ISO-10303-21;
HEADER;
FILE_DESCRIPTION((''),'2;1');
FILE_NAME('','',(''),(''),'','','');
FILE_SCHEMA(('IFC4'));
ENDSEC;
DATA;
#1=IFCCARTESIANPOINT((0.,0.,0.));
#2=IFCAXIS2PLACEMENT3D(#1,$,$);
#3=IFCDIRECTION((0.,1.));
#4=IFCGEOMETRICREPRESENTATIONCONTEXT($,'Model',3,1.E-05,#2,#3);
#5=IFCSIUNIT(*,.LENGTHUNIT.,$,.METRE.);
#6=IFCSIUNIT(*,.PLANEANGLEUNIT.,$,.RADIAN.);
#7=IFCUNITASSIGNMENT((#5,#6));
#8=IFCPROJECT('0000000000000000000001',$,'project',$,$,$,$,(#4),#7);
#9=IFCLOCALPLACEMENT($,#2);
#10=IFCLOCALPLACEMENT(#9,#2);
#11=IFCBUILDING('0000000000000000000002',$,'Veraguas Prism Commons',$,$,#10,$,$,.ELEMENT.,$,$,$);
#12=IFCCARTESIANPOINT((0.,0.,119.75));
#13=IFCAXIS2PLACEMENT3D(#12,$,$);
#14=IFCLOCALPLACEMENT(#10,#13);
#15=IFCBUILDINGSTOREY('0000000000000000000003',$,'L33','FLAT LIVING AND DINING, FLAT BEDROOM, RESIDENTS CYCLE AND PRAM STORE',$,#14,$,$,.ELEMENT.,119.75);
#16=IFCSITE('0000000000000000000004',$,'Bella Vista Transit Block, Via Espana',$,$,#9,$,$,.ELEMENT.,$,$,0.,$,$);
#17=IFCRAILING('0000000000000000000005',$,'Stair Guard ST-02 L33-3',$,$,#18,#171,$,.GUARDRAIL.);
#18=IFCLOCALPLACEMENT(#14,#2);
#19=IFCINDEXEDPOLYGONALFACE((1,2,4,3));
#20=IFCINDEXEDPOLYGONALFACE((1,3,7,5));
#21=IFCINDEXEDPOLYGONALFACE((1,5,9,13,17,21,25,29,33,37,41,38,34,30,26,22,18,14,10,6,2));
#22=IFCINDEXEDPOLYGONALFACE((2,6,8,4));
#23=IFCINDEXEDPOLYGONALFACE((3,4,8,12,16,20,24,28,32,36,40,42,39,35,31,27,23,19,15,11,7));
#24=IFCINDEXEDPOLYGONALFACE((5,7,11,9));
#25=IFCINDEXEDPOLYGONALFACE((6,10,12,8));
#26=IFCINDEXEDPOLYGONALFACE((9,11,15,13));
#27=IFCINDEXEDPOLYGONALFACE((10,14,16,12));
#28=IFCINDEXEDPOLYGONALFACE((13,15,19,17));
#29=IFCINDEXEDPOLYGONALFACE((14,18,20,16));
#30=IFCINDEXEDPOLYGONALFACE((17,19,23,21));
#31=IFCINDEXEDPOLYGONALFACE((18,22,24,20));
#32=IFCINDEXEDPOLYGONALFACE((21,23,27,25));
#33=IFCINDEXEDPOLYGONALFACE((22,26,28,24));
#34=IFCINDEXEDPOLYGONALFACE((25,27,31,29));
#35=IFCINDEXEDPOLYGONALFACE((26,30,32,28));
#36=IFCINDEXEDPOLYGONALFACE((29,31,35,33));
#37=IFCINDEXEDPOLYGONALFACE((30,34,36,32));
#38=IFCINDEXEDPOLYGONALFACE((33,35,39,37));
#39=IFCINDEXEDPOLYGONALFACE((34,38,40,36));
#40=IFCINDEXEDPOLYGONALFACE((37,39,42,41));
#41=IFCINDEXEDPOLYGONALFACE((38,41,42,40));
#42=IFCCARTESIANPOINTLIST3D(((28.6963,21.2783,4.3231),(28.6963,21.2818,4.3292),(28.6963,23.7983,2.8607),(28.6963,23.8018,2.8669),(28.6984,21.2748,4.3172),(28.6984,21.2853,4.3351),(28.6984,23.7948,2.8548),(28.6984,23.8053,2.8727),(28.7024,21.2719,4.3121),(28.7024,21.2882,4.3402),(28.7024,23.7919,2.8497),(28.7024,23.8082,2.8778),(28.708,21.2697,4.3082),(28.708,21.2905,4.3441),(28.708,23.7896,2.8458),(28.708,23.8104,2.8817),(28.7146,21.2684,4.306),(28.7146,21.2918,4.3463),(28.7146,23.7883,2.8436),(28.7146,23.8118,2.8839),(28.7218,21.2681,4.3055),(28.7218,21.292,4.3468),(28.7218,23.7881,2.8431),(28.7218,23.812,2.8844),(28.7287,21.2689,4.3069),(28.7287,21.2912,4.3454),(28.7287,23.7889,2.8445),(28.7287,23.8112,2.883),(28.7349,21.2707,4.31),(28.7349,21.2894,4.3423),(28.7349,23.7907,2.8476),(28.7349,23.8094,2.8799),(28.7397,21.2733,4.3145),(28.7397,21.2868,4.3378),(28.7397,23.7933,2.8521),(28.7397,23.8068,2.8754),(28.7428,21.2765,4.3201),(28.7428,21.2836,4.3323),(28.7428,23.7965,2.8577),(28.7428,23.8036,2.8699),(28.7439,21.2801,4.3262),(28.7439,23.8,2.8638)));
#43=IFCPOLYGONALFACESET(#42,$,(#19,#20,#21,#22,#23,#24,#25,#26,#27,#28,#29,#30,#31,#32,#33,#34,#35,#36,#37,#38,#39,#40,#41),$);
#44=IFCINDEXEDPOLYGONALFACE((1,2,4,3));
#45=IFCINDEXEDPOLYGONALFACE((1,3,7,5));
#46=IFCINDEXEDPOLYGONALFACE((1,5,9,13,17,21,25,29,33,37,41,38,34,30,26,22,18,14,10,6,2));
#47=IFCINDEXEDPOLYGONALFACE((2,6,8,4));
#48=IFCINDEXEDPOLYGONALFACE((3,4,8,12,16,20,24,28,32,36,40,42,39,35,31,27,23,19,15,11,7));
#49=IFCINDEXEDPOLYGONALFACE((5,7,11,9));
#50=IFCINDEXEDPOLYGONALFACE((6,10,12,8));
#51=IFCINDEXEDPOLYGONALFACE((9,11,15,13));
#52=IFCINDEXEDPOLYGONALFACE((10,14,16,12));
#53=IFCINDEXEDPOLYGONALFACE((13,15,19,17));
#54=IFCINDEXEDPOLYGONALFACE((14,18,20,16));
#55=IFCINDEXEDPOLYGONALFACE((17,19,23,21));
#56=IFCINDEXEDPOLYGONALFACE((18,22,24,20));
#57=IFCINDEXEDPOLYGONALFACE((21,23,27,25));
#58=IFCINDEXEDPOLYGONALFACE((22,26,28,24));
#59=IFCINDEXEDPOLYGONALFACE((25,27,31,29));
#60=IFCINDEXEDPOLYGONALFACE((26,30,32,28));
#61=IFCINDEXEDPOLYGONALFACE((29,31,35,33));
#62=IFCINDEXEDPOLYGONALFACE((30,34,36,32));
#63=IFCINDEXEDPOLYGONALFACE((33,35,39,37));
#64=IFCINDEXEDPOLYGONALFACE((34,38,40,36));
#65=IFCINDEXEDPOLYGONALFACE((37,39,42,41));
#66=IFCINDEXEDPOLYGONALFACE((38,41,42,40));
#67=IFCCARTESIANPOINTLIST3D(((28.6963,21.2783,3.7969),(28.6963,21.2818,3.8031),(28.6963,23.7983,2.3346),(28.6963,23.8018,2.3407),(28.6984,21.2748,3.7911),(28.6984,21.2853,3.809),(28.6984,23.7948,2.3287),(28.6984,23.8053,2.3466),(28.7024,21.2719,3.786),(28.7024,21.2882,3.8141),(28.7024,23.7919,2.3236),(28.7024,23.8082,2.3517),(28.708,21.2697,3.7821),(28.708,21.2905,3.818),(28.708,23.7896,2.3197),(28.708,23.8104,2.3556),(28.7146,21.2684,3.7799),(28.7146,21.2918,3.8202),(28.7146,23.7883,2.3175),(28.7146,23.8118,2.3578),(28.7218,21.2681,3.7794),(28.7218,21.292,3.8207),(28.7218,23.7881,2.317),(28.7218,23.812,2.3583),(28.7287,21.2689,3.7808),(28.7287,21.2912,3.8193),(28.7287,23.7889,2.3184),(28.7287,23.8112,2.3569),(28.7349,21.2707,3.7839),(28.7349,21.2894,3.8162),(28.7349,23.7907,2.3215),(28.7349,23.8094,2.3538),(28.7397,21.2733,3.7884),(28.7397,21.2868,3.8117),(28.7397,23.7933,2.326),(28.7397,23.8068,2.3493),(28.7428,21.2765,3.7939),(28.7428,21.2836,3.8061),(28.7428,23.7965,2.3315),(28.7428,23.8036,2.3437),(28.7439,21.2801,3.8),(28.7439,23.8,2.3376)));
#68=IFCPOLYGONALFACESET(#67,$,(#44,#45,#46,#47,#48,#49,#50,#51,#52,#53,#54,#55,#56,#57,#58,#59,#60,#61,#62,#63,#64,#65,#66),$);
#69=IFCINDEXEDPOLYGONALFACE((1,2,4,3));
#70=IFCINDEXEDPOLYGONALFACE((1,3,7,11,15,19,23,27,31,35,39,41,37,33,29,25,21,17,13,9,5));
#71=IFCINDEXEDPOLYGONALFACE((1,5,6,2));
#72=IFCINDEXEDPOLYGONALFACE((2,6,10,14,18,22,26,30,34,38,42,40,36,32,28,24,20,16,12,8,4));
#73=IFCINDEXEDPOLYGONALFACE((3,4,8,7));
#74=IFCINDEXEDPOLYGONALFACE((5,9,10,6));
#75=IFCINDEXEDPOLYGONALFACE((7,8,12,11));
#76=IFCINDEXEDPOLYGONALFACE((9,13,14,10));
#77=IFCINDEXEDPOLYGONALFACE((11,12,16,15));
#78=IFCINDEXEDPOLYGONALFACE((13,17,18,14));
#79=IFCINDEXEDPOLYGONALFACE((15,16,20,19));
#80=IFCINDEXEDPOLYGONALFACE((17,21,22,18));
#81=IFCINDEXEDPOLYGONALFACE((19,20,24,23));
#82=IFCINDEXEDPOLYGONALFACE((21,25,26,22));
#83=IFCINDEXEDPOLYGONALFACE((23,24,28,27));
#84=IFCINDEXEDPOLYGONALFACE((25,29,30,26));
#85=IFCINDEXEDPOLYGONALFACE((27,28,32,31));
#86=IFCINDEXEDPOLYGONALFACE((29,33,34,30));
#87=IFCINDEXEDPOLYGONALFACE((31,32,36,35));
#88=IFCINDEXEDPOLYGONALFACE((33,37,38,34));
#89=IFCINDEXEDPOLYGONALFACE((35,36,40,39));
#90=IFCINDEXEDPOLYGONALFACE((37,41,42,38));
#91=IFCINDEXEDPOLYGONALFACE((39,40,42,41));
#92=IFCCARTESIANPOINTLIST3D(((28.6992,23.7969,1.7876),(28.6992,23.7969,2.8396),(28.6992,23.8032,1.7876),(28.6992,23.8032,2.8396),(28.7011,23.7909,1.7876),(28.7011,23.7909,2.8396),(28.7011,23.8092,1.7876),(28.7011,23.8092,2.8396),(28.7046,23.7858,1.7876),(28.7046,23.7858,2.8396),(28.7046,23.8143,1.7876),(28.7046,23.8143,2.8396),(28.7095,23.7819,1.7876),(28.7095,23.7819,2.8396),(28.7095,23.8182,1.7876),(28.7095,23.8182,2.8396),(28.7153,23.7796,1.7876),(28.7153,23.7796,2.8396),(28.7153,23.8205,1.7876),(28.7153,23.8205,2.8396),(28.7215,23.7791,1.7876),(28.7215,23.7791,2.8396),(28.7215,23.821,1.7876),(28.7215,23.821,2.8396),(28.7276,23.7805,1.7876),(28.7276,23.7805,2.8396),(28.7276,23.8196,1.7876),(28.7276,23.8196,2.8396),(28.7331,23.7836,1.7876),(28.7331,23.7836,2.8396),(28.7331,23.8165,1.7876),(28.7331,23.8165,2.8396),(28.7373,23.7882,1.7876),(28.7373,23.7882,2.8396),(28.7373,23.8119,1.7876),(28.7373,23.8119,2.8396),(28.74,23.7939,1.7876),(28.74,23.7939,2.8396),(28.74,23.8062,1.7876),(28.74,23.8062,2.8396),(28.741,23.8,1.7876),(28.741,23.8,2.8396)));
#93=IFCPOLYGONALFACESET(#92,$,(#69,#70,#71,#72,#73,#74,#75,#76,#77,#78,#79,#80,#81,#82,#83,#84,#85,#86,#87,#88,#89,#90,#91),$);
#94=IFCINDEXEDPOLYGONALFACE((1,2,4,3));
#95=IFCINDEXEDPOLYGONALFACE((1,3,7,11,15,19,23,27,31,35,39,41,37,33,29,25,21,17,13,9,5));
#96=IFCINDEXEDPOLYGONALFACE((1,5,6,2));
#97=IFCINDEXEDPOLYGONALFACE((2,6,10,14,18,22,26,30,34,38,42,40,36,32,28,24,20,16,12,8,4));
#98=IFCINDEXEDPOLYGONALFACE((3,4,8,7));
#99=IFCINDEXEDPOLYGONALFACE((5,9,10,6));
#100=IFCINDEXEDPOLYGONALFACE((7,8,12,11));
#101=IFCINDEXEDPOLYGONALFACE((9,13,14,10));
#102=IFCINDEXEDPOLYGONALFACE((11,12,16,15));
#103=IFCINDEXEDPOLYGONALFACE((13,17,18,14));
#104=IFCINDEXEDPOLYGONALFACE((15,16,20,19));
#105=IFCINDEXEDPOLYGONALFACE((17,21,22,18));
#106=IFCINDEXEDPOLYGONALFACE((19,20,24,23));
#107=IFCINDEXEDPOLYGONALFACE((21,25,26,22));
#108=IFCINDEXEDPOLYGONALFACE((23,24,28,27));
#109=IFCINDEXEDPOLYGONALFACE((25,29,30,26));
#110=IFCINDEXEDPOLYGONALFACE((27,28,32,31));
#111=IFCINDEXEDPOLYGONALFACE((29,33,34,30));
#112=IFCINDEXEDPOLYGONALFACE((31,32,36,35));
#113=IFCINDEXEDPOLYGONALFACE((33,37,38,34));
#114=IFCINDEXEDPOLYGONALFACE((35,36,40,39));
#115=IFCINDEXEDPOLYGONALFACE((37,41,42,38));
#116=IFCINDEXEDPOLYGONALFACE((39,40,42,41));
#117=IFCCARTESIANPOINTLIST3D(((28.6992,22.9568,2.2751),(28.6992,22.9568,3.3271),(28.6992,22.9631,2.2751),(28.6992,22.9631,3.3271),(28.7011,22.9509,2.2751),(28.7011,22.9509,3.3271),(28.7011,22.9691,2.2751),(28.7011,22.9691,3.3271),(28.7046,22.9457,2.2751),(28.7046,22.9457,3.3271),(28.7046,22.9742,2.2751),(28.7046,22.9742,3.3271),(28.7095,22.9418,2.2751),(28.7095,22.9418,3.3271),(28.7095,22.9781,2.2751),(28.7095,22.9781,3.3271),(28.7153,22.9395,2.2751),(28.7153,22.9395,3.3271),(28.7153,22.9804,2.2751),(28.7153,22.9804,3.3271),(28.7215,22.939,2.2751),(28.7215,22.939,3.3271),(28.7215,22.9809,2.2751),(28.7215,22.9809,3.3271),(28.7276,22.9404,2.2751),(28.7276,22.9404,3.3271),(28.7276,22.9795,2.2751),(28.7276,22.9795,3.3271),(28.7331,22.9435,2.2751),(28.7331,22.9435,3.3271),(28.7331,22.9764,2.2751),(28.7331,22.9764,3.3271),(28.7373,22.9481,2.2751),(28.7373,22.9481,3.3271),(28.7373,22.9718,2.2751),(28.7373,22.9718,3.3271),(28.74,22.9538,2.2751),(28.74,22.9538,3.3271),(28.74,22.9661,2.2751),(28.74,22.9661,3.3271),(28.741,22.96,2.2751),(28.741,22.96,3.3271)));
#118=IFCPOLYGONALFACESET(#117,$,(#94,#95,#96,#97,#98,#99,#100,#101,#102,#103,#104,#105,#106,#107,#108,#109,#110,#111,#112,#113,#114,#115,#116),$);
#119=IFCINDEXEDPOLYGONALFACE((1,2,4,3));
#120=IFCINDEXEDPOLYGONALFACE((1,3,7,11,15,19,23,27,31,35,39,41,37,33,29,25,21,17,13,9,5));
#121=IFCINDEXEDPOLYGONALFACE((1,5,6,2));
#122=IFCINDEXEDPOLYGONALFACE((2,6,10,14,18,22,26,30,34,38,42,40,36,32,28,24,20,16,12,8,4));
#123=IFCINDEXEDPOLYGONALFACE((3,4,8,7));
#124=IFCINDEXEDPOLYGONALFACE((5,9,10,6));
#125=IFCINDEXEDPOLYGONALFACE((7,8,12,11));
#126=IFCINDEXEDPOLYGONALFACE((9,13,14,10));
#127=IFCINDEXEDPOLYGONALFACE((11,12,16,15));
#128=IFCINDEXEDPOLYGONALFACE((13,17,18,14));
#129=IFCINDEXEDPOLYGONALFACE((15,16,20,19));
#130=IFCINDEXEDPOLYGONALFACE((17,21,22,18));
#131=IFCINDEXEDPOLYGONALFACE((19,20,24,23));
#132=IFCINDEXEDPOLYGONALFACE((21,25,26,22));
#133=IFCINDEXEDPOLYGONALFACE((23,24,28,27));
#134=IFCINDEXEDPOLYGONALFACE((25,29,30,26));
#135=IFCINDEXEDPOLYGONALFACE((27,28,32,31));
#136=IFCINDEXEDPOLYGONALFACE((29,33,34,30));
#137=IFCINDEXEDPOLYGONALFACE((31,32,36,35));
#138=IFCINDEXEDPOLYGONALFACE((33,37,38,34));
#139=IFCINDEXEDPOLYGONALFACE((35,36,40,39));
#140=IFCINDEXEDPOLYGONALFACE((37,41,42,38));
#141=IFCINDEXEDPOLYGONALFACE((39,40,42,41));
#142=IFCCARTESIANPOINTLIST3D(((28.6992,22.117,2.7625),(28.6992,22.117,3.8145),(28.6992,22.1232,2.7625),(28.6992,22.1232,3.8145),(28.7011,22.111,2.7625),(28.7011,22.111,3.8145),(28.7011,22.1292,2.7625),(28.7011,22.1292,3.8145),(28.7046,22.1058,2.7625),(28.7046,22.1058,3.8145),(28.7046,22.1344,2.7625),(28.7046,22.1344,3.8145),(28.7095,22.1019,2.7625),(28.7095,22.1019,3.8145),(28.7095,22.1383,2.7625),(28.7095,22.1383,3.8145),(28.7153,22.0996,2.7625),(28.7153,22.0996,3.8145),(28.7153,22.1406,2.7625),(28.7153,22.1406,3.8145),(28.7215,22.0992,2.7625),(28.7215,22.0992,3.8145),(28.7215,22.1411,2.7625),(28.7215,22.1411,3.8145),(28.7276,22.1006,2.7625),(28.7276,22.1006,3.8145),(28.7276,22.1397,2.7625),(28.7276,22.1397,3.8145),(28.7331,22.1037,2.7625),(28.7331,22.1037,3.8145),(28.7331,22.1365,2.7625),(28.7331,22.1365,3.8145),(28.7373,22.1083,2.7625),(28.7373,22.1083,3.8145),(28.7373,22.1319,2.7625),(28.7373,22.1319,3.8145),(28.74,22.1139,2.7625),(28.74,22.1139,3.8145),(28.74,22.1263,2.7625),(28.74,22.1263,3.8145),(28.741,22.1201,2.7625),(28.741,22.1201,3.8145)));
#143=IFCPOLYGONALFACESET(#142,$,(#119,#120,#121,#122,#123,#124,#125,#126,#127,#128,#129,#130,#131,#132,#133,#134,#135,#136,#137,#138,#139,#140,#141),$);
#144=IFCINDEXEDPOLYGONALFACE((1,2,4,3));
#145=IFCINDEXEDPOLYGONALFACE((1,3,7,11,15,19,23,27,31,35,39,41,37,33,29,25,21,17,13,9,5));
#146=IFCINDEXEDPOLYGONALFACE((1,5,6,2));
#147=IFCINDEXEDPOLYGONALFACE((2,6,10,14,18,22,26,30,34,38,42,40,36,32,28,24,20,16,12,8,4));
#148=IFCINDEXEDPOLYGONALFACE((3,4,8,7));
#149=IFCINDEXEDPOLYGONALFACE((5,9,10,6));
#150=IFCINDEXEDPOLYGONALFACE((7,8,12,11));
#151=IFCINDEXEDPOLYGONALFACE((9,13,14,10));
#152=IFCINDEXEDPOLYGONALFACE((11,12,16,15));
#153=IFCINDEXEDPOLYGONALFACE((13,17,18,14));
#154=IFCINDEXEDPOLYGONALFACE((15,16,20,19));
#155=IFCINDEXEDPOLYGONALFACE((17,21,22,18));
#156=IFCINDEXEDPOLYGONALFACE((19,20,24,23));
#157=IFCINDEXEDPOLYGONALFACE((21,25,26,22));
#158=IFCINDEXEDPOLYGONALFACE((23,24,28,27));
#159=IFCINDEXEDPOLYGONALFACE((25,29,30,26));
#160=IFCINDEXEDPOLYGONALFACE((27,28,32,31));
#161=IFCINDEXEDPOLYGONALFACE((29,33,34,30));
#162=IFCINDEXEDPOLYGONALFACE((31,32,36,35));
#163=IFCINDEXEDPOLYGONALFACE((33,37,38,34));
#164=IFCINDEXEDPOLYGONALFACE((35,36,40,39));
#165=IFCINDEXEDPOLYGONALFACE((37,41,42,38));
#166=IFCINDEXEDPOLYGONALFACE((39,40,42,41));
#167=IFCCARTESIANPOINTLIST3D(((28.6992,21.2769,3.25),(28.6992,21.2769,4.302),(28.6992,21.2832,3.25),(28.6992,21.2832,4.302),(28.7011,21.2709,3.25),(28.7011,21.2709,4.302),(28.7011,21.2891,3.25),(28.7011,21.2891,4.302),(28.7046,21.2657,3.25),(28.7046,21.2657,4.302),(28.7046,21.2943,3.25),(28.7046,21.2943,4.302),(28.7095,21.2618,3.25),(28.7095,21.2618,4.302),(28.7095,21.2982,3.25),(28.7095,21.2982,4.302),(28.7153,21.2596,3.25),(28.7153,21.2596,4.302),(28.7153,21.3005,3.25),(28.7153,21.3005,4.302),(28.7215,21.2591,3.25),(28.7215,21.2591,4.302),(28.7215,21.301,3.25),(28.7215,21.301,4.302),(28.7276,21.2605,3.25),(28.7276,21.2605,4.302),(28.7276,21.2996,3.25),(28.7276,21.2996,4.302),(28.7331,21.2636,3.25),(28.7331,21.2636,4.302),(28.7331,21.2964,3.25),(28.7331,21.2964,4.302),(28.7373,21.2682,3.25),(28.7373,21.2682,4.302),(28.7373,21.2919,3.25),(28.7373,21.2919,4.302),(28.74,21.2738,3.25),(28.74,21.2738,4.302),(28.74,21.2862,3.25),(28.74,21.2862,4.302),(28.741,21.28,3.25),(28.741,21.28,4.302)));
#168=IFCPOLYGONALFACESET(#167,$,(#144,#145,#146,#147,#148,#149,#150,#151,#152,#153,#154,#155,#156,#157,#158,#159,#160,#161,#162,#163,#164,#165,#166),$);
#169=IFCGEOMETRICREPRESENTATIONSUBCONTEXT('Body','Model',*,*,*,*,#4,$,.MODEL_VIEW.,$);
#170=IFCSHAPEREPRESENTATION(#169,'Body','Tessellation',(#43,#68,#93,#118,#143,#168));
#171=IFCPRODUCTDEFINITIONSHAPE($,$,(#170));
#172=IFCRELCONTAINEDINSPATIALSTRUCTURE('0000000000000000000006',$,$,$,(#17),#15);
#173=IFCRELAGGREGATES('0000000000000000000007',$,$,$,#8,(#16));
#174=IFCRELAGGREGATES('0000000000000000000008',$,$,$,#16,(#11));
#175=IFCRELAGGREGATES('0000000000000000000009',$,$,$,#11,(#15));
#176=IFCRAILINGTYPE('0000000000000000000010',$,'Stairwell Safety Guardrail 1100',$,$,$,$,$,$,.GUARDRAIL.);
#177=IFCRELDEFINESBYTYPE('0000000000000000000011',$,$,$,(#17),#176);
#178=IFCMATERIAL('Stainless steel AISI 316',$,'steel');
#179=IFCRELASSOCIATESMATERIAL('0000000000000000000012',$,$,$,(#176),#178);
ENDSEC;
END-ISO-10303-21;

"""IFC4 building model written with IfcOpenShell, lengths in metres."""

from ifc_helpers import new_model, si_unit, direction, frame, origin, origin_2d, place, context, subcontext, project, spatial, circle, extrude, material, type_object, element, save


model = new_model("IFC4")

# Units and contexts
model_context = context("Model", 3, precision=1e-05, world=origin(), true_north=direction((0.0, 1.0)))
body_context = subcontext(model_context, "Body", "Model", "MODEL_VIEW")
ifc_project = project(units=[si_unit("LENGTHUNIT", "METRE"), si_unit("PLANEANGLEUNIT", "RADIAN")], contexts=[model_context])

# Site, building, storey
site_placement = place(None, origin())
site = spatial("IfcSite", under=ifc_project, at=site_placement, Name="Bella Vista Transit Block, Via Espana", CompositionType="ELEMENT", RefElevation=0.0)
building_placement = place(site_placement, origin())
building = spatial("IfcBuilding", under=site, at=building_placement, Name="Veraguas Prism Commons", CompositionType="ELEMENT")
storey_placement = place(building_placement, frame((0.0, 0.0, 119.75)))
storey = spatial("IfcBuildingStorey", under=building, at=storey_placement, Name="L33", Description="FLAT LIVING AND DINING, FLAT BEDROOM, RESIDENTS CYCLE AND PRAM STORE", CompositionType="ELEMENT", Elevation=119.75)

# Shared definitions
ifc_material_1 = material(Name="Stainless steel AISI 316", Category="steel")

# Railing
railing_type_1 = type_object("IfcRailingType", Name="Stairwell Safety Guardrail 1100", PredefinedType="GUARDRAIL", material=ifc_material_1)
railing_1_placement = place(storey_placement, frame((28.72, 23.8, 1.7876)))
element("IfcRailing", 1, at=railing_1_placement, inside=storey, type_object=railing_type_1, Name="Stair Guard ST-02 L33-3", PredefinedType="GUARDRAIL", context=body_context, shape_type="SweptSolid", body=[
    extrude(circle(Radius=0.0239, at=origin_2d()), frame((0.0, 0.0, 1.0762), z_axis=(0.0, -0.864913, 0.501921), x_axis=(1.0, 0.0, 0.0)), (0.0, 0.0, 1.0), 2.9136),
    extrude(circle(Radius=0.0239, at=origin_2d()), frame((0.0, 0.0, 0.55), z_axis=(0.0, -0.864913, 0.501921), x_axis=(1.0, 0.0, 0.0)), (0.0, 0.0, 1.0), 2.9136),
    extrude(circle(Radius=0.021, at=origin_2d()), origin(), (0.0, 0.0, 1.0), 1.052),
    extrude(circle(Radius=0.021, at=origin_2d()), frame((0.0, -0.8401, 0.4875)), (0.0, 0.0, 1.0), 1.052),
    extrude(circle(Radius=0.021, at=origin_2d()), frame((0.0, -1.6799, 0.9749)), (0.0, 0.0, 1.0), 1.052),
    extrude(circle(Radius=0.021, at=origin_2d()), frame((0.0, -2.52, 1.4624)), (0.0, 0.0, 1.0), 1.052),
])

save(model, "model.ifc")
